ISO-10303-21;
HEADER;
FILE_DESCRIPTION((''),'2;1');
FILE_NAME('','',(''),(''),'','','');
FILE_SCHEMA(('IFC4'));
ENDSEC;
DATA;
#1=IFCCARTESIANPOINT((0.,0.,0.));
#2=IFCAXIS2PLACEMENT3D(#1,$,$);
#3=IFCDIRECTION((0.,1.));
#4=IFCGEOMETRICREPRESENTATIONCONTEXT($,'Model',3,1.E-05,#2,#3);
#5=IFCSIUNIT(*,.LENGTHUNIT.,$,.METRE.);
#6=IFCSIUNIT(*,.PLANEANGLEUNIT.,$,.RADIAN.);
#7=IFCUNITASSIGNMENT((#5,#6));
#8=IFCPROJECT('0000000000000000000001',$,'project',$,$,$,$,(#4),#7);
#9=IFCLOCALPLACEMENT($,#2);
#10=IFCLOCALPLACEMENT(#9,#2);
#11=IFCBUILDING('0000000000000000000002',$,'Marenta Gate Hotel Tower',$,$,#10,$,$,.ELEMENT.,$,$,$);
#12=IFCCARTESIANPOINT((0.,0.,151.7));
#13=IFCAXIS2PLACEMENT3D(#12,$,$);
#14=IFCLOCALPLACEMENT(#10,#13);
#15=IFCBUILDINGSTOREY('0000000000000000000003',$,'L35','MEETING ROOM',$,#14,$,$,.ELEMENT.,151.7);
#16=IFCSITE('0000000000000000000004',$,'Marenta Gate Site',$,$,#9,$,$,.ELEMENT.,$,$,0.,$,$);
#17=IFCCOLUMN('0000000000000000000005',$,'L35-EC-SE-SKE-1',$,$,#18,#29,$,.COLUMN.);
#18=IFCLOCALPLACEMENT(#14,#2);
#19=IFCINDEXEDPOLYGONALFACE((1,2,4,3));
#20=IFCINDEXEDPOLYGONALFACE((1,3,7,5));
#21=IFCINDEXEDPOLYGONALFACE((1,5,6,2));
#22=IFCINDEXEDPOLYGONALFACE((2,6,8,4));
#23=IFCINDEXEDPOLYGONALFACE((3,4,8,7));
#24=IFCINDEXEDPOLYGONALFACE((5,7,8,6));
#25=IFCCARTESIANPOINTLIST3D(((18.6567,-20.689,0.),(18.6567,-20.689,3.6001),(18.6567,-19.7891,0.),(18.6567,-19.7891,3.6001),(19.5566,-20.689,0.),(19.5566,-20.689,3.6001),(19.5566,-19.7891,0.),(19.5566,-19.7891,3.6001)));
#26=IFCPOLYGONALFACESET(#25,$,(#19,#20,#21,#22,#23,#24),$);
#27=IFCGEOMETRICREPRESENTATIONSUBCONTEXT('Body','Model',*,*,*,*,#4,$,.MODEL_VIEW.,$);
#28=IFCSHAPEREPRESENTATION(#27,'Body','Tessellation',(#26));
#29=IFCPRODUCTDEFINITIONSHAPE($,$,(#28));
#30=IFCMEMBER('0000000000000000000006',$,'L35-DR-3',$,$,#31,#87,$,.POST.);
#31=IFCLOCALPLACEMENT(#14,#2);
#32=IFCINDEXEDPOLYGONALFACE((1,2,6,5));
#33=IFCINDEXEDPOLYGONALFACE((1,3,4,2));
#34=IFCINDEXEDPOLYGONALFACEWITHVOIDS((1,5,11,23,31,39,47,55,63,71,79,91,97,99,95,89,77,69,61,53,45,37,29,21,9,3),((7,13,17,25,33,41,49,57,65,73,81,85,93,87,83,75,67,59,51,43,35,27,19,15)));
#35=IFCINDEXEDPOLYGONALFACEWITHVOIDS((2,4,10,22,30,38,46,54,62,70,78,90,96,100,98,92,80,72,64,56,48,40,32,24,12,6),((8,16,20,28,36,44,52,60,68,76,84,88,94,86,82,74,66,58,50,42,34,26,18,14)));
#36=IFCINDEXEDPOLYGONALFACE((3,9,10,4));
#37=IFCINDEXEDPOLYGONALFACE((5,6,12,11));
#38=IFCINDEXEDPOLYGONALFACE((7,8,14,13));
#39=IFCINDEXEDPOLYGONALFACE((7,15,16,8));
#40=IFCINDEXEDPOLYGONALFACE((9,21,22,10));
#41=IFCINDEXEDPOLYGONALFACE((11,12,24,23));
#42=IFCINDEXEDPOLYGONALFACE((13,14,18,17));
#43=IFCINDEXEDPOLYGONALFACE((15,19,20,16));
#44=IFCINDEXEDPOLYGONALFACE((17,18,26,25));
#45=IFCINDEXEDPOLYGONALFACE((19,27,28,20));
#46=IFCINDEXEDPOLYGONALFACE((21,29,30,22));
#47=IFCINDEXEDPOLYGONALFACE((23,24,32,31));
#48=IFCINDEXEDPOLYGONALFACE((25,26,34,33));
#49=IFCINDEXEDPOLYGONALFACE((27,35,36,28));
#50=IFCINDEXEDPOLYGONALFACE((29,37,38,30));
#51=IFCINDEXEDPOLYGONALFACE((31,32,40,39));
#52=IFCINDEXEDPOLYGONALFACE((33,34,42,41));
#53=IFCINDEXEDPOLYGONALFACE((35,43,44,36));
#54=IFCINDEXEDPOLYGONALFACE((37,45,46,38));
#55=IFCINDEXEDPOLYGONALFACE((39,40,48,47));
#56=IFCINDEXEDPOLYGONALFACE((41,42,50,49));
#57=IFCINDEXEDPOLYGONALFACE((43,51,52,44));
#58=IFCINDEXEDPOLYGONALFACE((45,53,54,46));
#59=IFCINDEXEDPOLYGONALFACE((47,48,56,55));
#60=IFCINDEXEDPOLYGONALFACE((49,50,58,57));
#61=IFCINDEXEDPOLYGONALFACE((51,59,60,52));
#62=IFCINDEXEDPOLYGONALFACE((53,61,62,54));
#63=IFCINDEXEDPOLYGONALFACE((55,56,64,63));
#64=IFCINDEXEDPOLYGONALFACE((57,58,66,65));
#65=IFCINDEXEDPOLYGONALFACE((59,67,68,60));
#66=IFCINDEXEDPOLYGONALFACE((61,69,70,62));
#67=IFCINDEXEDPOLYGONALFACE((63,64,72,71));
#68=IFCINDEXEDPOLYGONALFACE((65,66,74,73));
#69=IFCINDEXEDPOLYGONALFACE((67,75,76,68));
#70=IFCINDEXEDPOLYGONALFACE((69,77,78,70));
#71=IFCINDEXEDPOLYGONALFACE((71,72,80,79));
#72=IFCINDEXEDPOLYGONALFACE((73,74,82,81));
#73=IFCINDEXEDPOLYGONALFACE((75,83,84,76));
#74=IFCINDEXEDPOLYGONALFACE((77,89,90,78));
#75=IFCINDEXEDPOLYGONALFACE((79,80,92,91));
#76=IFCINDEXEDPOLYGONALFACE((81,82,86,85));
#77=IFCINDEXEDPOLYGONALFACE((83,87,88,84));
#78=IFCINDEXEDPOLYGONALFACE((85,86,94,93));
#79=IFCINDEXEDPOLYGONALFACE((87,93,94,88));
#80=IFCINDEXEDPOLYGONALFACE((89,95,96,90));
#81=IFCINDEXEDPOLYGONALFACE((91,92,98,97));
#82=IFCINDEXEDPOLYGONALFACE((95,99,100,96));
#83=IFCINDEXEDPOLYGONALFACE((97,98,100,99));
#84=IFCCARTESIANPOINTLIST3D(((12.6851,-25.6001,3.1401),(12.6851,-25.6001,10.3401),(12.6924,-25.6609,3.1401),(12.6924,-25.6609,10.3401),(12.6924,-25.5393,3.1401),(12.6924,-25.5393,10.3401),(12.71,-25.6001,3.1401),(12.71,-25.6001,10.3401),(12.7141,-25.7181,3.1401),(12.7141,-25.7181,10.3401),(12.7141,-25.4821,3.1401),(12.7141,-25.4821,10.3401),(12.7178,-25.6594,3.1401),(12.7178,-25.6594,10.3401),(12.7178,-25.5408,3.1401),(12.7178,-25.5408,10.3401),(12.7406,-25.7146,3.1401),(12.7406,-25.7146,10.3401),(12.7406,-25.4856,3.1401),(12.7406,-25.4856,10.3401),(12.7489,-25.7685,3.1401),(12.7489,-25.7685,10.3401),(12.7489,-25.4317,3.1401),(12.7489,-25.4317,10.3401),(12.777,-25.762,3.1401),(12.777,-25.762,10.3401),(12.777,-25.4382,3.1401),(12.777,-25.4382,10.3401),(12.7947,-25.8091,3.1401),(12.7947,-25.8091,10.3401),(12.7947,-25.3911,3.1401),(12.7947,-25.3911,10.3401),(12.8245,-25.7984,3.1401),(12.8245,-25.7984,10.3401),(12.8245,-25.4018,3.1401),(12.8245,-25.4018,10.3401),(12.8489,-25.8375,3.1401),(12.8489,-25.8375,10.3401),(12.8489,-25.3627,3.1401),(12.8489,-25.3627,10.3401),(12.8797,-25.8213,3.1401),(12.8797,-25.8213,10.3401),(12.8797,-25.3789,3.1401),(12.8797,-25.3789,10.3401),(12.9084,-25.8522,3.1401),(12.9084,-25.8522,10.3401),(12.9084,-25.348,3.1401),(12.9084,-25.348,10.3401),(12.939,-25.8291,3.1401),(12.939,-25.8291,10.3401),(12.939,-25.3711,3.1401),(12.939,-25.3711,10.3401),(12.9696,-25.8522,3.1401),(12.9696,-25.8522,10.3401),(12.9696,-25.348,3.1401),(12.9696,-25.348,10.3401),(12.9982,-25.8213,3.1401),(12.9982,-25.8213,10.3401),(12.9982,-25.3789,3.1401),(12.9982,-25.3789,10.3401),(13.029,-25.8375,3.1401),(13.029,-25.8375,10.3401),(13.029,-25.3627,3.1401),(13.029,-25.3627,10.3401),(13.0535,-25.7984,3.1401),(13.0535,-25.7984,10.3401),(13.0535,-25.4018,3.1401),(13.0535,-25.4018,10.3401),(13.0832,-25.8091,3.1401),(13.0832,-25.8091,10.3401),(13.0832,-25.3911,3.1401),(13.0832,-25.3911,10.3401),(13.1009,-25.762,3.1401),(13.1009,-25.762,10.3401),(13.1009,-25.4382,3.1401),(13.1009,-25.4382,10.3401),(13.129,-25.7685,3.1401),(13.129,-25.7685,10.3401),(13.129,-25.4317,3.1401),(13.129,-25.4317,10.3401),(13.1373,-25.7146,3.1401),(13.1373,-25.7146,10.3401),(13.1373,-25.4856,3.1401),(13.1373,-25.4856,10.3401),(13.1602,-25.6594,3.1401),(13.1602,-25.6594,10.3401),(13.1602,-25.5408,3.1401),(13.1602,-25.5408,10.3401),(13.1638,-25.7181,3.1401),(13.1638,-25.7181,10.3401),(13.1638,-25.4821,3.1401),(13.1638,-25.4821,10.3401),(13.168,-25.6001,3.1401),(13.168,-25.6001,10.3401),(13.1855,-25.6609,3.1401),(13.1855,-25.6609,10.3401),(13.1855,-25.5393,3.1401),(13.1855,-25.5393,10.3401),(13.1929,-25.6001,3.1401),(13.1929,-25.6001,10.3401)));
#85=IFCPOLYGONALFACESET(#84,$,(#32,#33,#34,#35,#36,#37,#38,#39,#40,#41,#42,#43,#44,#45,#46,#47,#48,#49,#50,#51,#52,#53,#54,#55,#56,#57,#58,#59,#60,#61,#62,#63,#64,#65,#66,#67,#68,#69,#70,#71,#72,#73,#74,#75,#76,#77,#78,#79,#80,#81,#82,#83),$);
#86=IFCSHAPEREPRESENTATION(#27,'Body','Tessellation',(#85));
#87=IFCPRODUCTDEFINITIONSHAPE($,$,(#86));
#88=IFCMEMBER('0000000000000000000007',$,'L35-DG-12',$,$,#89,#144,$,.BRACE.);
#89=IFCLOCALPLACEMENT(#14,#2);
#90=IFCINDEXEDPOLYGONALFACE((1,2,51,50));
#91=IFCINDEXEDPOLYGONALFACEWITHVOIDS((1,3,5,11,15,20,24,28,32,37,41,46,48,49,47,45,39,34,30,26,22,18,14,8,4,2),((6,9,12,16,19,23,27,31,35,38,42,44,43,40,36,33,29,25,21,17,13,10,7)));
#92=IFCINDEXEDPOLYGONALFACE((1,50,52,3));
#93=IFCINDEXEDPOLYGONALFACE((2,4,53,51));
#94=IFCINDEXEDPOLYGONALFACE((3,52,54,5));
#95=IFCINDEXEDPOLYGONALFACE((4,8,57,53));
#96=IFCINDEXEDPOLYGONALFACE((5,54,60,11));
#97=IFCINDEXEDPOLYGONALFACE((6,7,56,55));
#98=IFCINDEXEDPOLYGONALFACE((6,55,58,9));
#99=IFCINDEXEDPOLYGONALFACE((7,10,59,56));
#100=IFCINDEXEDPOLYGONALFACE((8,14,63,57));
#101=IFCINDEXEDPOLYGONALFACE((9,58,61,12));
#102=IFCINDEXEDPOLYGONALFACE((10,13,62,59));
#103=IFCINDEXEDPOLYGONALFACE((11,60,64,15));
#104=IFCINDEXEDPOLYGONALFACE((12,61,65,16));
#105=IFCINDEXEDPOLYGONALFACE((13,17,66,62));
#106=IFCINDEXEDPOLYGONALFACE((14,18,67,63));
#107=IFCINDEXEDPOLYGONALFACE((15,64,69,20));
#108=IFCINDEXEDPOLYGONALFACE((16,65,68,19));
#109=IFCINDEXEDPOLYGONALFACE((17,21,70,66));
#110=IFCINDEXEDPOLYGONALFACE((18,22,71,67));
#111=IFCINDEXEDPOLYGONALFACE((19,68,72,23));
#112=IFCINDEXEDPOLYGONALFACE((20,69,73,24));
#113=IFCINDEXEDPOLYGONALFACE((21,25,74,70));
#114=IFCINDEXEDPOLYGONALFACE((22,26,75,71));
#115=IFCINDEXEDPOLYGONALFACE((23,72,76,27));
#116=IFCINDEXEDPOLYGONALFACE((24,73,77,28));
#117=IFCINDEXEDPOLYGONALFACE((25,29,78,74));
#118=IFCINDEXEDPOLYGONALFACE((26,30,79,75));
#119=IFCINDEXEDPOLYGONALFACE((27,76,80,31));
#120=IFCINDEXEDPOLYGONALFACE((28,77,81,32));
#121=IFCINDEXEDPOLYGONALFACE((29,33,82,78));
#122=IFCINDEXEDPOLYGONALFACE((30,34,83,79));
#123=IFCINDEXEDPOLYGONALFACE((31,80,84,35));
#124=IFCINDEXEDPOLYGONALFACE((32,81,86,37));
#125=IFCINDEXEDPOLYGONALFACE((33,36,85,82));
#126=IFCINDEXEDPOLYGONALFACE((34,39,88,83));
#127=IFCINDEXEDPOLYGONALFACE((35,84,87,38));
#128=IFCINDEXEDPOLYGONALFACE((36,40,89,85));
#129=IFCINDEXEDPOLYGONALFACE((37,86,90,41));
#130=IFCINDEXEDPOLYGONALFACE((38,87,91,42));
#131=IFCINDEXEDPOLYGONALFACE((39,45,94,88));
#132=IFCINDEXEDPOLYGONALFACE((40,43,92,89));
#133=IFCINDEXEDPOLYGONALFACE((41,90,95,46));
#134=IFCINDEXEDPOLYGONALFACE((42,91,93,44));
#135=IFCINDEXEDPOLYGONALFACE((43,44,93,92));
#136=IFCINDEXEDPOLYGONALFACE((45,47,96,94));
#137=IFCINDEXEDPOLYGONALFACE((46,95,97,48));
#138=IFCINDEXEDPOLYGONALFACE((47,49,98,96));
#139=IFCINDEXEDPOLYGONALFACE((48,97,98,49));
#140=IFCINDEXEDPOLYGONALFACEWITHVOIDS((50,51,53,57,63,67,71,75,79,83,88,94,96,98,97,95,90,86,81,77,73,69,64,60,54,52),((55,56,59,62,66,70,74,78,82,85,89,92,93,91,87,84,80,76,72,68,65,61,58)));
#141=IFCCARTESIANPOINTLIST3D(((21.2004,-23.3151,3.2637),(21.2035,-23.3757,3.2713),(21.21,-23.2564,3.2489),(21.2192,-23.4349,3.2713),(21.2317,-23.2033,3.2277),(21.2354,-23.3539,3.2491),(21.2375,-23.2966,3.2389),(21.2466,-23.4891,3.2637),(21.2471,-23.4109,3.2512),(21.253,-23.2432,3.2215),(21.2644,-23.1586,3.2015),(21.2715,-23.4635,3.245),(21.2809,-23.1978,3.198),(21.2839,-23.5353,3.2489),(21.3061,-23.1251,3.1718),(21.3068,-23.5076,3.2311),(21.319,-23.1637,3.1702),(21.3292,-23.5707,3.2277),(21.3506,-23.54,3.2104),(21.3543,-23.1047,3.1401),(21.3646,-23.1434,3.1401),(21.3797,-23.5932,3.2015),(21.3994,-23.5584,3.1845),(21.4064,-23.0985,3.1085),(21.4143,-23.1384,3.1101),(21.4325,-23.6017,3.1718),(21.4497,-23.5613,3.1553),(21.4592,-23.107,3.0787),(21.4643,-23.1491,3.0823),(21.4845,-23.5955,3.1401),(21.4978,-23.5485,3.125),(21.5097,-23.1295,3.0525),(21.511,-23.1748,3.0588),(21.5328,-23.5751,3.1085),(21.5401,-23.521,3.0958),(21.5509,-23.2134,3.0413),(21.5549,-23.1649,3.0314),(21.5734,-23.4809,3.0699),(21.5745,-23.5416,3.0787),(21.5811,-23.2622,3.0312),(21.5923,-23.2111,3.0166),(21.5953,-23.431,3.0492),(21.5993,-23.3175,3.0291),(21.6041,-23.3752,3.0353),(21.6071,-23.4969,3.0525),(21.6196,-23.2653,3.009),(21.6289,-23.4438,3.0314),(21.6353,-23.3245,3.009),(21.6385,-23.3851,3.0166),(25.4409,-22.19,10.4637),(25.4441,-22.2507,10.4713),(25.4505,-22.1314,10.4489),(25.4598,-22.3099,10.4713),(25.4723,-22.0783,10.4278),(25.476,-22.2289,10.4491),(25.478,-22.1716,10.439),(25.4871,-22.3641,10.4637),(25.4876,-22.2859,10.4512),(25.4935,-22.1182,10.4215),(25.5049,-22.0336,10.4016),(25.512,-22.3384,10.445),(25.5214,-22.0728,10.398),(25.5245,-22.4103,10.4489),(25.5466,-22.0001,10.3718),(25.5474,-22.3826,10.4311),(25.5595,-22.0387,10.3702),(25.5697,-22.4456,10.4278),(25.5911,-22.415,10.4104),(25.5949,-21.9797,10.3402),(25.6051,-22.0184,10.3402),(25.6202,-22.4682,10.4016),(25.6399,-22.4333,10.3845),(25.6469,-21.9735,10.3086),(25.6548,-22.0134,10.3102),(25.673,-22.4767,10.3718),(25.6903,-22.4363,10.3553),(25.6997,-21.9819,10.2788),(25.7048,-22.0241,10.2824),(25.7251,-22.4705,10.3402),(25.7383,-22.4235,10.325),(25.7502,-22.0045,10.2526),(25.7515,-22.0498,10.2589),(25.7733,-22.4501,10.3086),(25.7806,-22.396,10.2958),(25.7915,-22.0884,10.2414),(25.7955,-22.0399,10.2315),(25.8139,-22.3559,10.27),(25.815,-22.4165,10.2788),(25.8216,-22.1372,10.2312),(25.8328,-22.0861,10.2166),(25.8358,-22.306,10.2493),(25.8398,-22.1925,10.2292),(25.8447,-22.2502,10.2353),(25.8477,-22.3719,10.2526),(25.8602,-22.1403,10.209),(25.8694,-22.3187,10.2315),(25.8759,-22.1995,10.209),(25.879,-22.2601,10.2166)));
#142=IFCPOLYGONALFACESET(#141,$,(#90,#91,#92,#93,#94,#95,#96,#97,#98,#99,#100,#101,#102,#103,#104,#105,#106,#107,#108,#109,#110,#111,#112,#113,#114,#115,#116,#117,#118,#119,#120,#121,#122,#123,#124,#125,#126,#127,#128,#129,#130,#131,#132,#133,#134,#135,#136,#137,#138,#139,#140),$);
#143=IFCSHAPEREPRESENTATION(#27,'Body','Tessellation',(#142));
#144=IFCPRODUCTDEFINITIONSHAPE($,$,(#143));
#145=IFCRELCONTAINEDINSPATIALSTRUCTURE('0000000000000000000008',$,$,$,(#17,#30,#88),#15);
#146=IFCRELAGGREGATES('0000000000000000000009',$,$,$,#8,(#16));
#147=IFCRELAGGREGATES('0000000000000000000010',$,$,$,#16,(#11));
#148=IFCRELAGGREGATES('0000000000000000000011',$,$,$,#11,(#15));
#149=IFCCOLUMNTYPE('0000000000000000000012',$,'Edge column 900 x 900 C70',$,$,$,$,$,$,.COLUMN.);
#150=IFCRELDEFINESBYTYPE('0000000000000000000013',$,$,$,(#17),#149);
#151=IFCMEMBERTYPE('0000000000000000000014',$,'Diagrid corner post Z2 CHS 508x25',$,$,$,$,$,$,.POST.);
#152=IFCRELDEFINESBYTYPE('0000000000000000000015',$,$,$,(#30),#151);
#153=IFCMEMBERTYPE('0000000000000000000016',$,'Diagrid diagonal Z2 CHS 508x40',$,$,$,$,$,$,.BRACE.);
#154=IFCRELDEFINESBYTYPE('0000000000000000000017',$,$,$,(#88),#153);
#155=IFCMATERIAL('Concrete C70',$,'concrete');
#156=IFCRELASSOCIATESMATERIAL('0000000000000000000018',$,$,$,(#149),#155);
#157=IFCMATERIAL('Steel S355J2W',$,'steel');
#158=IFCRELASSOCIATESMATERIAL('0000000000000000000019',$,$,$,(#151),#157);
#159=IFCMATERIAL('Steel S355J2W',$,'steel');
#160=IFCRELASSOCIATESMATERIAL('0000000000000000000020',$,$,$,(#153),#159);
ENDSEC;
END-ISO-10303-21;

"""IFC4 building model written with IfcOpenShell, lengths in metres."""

from ifc_helpers import new_model, si_unit, direction, frame, origin, origin_2d, place, context, subcontext, project, spatial, rectangle, hollow_circle, extrude, material, material_profile, profile_set, type_object, element, save


model = new_model("IFC4")

# Units and contexts
model_context = context("Model", 3, precision=1e-05, world=origin(), true_north=direction((0.0, 1.0)))
body_context = subcontext(model_context, "Body", "Model", "MODEL_VIEW")
ifc_project = project(units=[si_unit("LENGTHUNIT", "METRE"), si_unit("PLANEANGLEUNIT", "RADIAN")], contexts=[model_context])

# Site, building, storey
site_placement = place(None, origin())
site = spatial("IfcSite", under=ifc_project, at=site_placement, Name="Marenta Gate Site", CompositionType="ELEMENT", RefElevation=0.0)
building_placement = place(site_placement, origin())
building = spatial("IfcBuilding", under=site, at=building_placement, Name="Marenta Gate Hotel Tower", CompositionType="ELEMENT")
storey_placement = place(building_placement, frame((0.0, 0.0, 151.7)))
storey = spatial("IfcBuildingStorey", under=building, at=storey_placement, Name="L35", Description="MEETING ROOM", CompositionType="ELEMENT", Elevation=151.7)

# Column
ifc_material_1 = material(Name="Concrete C70", Category="concrete")
ifc_material_profile_1 = material_profile(ifc_material_1, rectangle(XDim=0.8999, YDim=0.8999, at=origin_2d()), Name="900 x 900")
ifc_profile_set_1 = profile_set([ifc_material_profile_1], Name="Concrete C70")
column_type = type_object("IfcColumnType", Name="Edge column 900 x 900 C70", PredefinedType="COLUMN", material=ifc_profile_set_1)
column_placement = place(storey_placement, frame((19.1067, -20.239, 0.0), z_axis=(0.0, 0.0, 1.0), x_axis=(1.0, 0.0, 0.0)))
element("IfcColumn", 1, at=column_placement, inside=storey, type_object=column_type, Name="L35-EC-SE-SKE-1", PredefinedType="COLUMN", context=body_context, shape_type="SweptSolid", body=[
    extrude(rectangle(XDim=0.8999, YDim=0.8999, at=origin_2d()), origin(), (0.0, 0.0, 1.0), 3.6001),
])

# Members
ifc_material_2 = material(Name="Steel S355J2W", Category="steel")
ifc_material_profile_2 = material_profile(ifc_material_2, hollow_circle(Radius=0.2539, WallThickness=0.0249, at=origin_2d()), Name="CHS 508x25")
ifc_profile_set_2 = profile_set([ifc_material_profile_2], Name="Steel S355J2W")
member_type_1 = type_object("IfcMemberType", Name="Diagrid corner post Z2 CHS 508x25", PredefinedType="POST", material=ifc_profile_set_2)
member_1_placement = place(storey_placement, frame((12.939, -25.6001, 3.1401), z_axis=(0.0, 0.0, 1.0), x_axis=(1.0, 0.0, 0.0)))
element("IfcMember", 2, at=member_1_placement, inside=storey, type_object=member_type_1, Name="L35-DR-3", PredefinedType="POST", context=body_context, shape_type="SweptSolid", body=[
    extrude(hollow_circle(Radius=0.2539, WallThickness=0.0249, at=origin_2d()), origin(), (0.0, 0.0, 1.0), 7.2),
])
ifc_material_3 = material(Name="Steel S355J2W", Category="steel")
ifc_material_profile_3 = material_profile(ifc_material_3, hollow_circle(Radius=0.2539, WallThickness=0.04, at=origin_2d()), Name="CHS 508x40")
ifc_profile_set_3 = profile_set([ifc_material_profile_3], Name="Steel S355J2W")
member_type_2 = type_object("IfcMemberType", Name="Diagrid diagonal Z2 CHS 508x40", PredefinedType="BRACE", material=ifc_profile_set_3)
member_2_placement = place(storey_placement, frame((21.4194, -23.3501, 3.1401), z_axis=(0.502946, 0.133432, 0.853956), x_axis=(-0.256429, 0.966563, 0.0)))
element("IfcMember", 3, at=member_2_placement, inside=storey, type_object=member_type_2, Name="L35-DG-12", PredefinedType="BRACE", context=body_context, shape_type="SweptSolid", body=[
    extrude(hollow_circle(Radius=0.2539, WallThickness=0.04, at=origin_2d()), origin(), (0.0, 0.0, 1.0), 8.4314),
])

save(model, "model.ifc")
